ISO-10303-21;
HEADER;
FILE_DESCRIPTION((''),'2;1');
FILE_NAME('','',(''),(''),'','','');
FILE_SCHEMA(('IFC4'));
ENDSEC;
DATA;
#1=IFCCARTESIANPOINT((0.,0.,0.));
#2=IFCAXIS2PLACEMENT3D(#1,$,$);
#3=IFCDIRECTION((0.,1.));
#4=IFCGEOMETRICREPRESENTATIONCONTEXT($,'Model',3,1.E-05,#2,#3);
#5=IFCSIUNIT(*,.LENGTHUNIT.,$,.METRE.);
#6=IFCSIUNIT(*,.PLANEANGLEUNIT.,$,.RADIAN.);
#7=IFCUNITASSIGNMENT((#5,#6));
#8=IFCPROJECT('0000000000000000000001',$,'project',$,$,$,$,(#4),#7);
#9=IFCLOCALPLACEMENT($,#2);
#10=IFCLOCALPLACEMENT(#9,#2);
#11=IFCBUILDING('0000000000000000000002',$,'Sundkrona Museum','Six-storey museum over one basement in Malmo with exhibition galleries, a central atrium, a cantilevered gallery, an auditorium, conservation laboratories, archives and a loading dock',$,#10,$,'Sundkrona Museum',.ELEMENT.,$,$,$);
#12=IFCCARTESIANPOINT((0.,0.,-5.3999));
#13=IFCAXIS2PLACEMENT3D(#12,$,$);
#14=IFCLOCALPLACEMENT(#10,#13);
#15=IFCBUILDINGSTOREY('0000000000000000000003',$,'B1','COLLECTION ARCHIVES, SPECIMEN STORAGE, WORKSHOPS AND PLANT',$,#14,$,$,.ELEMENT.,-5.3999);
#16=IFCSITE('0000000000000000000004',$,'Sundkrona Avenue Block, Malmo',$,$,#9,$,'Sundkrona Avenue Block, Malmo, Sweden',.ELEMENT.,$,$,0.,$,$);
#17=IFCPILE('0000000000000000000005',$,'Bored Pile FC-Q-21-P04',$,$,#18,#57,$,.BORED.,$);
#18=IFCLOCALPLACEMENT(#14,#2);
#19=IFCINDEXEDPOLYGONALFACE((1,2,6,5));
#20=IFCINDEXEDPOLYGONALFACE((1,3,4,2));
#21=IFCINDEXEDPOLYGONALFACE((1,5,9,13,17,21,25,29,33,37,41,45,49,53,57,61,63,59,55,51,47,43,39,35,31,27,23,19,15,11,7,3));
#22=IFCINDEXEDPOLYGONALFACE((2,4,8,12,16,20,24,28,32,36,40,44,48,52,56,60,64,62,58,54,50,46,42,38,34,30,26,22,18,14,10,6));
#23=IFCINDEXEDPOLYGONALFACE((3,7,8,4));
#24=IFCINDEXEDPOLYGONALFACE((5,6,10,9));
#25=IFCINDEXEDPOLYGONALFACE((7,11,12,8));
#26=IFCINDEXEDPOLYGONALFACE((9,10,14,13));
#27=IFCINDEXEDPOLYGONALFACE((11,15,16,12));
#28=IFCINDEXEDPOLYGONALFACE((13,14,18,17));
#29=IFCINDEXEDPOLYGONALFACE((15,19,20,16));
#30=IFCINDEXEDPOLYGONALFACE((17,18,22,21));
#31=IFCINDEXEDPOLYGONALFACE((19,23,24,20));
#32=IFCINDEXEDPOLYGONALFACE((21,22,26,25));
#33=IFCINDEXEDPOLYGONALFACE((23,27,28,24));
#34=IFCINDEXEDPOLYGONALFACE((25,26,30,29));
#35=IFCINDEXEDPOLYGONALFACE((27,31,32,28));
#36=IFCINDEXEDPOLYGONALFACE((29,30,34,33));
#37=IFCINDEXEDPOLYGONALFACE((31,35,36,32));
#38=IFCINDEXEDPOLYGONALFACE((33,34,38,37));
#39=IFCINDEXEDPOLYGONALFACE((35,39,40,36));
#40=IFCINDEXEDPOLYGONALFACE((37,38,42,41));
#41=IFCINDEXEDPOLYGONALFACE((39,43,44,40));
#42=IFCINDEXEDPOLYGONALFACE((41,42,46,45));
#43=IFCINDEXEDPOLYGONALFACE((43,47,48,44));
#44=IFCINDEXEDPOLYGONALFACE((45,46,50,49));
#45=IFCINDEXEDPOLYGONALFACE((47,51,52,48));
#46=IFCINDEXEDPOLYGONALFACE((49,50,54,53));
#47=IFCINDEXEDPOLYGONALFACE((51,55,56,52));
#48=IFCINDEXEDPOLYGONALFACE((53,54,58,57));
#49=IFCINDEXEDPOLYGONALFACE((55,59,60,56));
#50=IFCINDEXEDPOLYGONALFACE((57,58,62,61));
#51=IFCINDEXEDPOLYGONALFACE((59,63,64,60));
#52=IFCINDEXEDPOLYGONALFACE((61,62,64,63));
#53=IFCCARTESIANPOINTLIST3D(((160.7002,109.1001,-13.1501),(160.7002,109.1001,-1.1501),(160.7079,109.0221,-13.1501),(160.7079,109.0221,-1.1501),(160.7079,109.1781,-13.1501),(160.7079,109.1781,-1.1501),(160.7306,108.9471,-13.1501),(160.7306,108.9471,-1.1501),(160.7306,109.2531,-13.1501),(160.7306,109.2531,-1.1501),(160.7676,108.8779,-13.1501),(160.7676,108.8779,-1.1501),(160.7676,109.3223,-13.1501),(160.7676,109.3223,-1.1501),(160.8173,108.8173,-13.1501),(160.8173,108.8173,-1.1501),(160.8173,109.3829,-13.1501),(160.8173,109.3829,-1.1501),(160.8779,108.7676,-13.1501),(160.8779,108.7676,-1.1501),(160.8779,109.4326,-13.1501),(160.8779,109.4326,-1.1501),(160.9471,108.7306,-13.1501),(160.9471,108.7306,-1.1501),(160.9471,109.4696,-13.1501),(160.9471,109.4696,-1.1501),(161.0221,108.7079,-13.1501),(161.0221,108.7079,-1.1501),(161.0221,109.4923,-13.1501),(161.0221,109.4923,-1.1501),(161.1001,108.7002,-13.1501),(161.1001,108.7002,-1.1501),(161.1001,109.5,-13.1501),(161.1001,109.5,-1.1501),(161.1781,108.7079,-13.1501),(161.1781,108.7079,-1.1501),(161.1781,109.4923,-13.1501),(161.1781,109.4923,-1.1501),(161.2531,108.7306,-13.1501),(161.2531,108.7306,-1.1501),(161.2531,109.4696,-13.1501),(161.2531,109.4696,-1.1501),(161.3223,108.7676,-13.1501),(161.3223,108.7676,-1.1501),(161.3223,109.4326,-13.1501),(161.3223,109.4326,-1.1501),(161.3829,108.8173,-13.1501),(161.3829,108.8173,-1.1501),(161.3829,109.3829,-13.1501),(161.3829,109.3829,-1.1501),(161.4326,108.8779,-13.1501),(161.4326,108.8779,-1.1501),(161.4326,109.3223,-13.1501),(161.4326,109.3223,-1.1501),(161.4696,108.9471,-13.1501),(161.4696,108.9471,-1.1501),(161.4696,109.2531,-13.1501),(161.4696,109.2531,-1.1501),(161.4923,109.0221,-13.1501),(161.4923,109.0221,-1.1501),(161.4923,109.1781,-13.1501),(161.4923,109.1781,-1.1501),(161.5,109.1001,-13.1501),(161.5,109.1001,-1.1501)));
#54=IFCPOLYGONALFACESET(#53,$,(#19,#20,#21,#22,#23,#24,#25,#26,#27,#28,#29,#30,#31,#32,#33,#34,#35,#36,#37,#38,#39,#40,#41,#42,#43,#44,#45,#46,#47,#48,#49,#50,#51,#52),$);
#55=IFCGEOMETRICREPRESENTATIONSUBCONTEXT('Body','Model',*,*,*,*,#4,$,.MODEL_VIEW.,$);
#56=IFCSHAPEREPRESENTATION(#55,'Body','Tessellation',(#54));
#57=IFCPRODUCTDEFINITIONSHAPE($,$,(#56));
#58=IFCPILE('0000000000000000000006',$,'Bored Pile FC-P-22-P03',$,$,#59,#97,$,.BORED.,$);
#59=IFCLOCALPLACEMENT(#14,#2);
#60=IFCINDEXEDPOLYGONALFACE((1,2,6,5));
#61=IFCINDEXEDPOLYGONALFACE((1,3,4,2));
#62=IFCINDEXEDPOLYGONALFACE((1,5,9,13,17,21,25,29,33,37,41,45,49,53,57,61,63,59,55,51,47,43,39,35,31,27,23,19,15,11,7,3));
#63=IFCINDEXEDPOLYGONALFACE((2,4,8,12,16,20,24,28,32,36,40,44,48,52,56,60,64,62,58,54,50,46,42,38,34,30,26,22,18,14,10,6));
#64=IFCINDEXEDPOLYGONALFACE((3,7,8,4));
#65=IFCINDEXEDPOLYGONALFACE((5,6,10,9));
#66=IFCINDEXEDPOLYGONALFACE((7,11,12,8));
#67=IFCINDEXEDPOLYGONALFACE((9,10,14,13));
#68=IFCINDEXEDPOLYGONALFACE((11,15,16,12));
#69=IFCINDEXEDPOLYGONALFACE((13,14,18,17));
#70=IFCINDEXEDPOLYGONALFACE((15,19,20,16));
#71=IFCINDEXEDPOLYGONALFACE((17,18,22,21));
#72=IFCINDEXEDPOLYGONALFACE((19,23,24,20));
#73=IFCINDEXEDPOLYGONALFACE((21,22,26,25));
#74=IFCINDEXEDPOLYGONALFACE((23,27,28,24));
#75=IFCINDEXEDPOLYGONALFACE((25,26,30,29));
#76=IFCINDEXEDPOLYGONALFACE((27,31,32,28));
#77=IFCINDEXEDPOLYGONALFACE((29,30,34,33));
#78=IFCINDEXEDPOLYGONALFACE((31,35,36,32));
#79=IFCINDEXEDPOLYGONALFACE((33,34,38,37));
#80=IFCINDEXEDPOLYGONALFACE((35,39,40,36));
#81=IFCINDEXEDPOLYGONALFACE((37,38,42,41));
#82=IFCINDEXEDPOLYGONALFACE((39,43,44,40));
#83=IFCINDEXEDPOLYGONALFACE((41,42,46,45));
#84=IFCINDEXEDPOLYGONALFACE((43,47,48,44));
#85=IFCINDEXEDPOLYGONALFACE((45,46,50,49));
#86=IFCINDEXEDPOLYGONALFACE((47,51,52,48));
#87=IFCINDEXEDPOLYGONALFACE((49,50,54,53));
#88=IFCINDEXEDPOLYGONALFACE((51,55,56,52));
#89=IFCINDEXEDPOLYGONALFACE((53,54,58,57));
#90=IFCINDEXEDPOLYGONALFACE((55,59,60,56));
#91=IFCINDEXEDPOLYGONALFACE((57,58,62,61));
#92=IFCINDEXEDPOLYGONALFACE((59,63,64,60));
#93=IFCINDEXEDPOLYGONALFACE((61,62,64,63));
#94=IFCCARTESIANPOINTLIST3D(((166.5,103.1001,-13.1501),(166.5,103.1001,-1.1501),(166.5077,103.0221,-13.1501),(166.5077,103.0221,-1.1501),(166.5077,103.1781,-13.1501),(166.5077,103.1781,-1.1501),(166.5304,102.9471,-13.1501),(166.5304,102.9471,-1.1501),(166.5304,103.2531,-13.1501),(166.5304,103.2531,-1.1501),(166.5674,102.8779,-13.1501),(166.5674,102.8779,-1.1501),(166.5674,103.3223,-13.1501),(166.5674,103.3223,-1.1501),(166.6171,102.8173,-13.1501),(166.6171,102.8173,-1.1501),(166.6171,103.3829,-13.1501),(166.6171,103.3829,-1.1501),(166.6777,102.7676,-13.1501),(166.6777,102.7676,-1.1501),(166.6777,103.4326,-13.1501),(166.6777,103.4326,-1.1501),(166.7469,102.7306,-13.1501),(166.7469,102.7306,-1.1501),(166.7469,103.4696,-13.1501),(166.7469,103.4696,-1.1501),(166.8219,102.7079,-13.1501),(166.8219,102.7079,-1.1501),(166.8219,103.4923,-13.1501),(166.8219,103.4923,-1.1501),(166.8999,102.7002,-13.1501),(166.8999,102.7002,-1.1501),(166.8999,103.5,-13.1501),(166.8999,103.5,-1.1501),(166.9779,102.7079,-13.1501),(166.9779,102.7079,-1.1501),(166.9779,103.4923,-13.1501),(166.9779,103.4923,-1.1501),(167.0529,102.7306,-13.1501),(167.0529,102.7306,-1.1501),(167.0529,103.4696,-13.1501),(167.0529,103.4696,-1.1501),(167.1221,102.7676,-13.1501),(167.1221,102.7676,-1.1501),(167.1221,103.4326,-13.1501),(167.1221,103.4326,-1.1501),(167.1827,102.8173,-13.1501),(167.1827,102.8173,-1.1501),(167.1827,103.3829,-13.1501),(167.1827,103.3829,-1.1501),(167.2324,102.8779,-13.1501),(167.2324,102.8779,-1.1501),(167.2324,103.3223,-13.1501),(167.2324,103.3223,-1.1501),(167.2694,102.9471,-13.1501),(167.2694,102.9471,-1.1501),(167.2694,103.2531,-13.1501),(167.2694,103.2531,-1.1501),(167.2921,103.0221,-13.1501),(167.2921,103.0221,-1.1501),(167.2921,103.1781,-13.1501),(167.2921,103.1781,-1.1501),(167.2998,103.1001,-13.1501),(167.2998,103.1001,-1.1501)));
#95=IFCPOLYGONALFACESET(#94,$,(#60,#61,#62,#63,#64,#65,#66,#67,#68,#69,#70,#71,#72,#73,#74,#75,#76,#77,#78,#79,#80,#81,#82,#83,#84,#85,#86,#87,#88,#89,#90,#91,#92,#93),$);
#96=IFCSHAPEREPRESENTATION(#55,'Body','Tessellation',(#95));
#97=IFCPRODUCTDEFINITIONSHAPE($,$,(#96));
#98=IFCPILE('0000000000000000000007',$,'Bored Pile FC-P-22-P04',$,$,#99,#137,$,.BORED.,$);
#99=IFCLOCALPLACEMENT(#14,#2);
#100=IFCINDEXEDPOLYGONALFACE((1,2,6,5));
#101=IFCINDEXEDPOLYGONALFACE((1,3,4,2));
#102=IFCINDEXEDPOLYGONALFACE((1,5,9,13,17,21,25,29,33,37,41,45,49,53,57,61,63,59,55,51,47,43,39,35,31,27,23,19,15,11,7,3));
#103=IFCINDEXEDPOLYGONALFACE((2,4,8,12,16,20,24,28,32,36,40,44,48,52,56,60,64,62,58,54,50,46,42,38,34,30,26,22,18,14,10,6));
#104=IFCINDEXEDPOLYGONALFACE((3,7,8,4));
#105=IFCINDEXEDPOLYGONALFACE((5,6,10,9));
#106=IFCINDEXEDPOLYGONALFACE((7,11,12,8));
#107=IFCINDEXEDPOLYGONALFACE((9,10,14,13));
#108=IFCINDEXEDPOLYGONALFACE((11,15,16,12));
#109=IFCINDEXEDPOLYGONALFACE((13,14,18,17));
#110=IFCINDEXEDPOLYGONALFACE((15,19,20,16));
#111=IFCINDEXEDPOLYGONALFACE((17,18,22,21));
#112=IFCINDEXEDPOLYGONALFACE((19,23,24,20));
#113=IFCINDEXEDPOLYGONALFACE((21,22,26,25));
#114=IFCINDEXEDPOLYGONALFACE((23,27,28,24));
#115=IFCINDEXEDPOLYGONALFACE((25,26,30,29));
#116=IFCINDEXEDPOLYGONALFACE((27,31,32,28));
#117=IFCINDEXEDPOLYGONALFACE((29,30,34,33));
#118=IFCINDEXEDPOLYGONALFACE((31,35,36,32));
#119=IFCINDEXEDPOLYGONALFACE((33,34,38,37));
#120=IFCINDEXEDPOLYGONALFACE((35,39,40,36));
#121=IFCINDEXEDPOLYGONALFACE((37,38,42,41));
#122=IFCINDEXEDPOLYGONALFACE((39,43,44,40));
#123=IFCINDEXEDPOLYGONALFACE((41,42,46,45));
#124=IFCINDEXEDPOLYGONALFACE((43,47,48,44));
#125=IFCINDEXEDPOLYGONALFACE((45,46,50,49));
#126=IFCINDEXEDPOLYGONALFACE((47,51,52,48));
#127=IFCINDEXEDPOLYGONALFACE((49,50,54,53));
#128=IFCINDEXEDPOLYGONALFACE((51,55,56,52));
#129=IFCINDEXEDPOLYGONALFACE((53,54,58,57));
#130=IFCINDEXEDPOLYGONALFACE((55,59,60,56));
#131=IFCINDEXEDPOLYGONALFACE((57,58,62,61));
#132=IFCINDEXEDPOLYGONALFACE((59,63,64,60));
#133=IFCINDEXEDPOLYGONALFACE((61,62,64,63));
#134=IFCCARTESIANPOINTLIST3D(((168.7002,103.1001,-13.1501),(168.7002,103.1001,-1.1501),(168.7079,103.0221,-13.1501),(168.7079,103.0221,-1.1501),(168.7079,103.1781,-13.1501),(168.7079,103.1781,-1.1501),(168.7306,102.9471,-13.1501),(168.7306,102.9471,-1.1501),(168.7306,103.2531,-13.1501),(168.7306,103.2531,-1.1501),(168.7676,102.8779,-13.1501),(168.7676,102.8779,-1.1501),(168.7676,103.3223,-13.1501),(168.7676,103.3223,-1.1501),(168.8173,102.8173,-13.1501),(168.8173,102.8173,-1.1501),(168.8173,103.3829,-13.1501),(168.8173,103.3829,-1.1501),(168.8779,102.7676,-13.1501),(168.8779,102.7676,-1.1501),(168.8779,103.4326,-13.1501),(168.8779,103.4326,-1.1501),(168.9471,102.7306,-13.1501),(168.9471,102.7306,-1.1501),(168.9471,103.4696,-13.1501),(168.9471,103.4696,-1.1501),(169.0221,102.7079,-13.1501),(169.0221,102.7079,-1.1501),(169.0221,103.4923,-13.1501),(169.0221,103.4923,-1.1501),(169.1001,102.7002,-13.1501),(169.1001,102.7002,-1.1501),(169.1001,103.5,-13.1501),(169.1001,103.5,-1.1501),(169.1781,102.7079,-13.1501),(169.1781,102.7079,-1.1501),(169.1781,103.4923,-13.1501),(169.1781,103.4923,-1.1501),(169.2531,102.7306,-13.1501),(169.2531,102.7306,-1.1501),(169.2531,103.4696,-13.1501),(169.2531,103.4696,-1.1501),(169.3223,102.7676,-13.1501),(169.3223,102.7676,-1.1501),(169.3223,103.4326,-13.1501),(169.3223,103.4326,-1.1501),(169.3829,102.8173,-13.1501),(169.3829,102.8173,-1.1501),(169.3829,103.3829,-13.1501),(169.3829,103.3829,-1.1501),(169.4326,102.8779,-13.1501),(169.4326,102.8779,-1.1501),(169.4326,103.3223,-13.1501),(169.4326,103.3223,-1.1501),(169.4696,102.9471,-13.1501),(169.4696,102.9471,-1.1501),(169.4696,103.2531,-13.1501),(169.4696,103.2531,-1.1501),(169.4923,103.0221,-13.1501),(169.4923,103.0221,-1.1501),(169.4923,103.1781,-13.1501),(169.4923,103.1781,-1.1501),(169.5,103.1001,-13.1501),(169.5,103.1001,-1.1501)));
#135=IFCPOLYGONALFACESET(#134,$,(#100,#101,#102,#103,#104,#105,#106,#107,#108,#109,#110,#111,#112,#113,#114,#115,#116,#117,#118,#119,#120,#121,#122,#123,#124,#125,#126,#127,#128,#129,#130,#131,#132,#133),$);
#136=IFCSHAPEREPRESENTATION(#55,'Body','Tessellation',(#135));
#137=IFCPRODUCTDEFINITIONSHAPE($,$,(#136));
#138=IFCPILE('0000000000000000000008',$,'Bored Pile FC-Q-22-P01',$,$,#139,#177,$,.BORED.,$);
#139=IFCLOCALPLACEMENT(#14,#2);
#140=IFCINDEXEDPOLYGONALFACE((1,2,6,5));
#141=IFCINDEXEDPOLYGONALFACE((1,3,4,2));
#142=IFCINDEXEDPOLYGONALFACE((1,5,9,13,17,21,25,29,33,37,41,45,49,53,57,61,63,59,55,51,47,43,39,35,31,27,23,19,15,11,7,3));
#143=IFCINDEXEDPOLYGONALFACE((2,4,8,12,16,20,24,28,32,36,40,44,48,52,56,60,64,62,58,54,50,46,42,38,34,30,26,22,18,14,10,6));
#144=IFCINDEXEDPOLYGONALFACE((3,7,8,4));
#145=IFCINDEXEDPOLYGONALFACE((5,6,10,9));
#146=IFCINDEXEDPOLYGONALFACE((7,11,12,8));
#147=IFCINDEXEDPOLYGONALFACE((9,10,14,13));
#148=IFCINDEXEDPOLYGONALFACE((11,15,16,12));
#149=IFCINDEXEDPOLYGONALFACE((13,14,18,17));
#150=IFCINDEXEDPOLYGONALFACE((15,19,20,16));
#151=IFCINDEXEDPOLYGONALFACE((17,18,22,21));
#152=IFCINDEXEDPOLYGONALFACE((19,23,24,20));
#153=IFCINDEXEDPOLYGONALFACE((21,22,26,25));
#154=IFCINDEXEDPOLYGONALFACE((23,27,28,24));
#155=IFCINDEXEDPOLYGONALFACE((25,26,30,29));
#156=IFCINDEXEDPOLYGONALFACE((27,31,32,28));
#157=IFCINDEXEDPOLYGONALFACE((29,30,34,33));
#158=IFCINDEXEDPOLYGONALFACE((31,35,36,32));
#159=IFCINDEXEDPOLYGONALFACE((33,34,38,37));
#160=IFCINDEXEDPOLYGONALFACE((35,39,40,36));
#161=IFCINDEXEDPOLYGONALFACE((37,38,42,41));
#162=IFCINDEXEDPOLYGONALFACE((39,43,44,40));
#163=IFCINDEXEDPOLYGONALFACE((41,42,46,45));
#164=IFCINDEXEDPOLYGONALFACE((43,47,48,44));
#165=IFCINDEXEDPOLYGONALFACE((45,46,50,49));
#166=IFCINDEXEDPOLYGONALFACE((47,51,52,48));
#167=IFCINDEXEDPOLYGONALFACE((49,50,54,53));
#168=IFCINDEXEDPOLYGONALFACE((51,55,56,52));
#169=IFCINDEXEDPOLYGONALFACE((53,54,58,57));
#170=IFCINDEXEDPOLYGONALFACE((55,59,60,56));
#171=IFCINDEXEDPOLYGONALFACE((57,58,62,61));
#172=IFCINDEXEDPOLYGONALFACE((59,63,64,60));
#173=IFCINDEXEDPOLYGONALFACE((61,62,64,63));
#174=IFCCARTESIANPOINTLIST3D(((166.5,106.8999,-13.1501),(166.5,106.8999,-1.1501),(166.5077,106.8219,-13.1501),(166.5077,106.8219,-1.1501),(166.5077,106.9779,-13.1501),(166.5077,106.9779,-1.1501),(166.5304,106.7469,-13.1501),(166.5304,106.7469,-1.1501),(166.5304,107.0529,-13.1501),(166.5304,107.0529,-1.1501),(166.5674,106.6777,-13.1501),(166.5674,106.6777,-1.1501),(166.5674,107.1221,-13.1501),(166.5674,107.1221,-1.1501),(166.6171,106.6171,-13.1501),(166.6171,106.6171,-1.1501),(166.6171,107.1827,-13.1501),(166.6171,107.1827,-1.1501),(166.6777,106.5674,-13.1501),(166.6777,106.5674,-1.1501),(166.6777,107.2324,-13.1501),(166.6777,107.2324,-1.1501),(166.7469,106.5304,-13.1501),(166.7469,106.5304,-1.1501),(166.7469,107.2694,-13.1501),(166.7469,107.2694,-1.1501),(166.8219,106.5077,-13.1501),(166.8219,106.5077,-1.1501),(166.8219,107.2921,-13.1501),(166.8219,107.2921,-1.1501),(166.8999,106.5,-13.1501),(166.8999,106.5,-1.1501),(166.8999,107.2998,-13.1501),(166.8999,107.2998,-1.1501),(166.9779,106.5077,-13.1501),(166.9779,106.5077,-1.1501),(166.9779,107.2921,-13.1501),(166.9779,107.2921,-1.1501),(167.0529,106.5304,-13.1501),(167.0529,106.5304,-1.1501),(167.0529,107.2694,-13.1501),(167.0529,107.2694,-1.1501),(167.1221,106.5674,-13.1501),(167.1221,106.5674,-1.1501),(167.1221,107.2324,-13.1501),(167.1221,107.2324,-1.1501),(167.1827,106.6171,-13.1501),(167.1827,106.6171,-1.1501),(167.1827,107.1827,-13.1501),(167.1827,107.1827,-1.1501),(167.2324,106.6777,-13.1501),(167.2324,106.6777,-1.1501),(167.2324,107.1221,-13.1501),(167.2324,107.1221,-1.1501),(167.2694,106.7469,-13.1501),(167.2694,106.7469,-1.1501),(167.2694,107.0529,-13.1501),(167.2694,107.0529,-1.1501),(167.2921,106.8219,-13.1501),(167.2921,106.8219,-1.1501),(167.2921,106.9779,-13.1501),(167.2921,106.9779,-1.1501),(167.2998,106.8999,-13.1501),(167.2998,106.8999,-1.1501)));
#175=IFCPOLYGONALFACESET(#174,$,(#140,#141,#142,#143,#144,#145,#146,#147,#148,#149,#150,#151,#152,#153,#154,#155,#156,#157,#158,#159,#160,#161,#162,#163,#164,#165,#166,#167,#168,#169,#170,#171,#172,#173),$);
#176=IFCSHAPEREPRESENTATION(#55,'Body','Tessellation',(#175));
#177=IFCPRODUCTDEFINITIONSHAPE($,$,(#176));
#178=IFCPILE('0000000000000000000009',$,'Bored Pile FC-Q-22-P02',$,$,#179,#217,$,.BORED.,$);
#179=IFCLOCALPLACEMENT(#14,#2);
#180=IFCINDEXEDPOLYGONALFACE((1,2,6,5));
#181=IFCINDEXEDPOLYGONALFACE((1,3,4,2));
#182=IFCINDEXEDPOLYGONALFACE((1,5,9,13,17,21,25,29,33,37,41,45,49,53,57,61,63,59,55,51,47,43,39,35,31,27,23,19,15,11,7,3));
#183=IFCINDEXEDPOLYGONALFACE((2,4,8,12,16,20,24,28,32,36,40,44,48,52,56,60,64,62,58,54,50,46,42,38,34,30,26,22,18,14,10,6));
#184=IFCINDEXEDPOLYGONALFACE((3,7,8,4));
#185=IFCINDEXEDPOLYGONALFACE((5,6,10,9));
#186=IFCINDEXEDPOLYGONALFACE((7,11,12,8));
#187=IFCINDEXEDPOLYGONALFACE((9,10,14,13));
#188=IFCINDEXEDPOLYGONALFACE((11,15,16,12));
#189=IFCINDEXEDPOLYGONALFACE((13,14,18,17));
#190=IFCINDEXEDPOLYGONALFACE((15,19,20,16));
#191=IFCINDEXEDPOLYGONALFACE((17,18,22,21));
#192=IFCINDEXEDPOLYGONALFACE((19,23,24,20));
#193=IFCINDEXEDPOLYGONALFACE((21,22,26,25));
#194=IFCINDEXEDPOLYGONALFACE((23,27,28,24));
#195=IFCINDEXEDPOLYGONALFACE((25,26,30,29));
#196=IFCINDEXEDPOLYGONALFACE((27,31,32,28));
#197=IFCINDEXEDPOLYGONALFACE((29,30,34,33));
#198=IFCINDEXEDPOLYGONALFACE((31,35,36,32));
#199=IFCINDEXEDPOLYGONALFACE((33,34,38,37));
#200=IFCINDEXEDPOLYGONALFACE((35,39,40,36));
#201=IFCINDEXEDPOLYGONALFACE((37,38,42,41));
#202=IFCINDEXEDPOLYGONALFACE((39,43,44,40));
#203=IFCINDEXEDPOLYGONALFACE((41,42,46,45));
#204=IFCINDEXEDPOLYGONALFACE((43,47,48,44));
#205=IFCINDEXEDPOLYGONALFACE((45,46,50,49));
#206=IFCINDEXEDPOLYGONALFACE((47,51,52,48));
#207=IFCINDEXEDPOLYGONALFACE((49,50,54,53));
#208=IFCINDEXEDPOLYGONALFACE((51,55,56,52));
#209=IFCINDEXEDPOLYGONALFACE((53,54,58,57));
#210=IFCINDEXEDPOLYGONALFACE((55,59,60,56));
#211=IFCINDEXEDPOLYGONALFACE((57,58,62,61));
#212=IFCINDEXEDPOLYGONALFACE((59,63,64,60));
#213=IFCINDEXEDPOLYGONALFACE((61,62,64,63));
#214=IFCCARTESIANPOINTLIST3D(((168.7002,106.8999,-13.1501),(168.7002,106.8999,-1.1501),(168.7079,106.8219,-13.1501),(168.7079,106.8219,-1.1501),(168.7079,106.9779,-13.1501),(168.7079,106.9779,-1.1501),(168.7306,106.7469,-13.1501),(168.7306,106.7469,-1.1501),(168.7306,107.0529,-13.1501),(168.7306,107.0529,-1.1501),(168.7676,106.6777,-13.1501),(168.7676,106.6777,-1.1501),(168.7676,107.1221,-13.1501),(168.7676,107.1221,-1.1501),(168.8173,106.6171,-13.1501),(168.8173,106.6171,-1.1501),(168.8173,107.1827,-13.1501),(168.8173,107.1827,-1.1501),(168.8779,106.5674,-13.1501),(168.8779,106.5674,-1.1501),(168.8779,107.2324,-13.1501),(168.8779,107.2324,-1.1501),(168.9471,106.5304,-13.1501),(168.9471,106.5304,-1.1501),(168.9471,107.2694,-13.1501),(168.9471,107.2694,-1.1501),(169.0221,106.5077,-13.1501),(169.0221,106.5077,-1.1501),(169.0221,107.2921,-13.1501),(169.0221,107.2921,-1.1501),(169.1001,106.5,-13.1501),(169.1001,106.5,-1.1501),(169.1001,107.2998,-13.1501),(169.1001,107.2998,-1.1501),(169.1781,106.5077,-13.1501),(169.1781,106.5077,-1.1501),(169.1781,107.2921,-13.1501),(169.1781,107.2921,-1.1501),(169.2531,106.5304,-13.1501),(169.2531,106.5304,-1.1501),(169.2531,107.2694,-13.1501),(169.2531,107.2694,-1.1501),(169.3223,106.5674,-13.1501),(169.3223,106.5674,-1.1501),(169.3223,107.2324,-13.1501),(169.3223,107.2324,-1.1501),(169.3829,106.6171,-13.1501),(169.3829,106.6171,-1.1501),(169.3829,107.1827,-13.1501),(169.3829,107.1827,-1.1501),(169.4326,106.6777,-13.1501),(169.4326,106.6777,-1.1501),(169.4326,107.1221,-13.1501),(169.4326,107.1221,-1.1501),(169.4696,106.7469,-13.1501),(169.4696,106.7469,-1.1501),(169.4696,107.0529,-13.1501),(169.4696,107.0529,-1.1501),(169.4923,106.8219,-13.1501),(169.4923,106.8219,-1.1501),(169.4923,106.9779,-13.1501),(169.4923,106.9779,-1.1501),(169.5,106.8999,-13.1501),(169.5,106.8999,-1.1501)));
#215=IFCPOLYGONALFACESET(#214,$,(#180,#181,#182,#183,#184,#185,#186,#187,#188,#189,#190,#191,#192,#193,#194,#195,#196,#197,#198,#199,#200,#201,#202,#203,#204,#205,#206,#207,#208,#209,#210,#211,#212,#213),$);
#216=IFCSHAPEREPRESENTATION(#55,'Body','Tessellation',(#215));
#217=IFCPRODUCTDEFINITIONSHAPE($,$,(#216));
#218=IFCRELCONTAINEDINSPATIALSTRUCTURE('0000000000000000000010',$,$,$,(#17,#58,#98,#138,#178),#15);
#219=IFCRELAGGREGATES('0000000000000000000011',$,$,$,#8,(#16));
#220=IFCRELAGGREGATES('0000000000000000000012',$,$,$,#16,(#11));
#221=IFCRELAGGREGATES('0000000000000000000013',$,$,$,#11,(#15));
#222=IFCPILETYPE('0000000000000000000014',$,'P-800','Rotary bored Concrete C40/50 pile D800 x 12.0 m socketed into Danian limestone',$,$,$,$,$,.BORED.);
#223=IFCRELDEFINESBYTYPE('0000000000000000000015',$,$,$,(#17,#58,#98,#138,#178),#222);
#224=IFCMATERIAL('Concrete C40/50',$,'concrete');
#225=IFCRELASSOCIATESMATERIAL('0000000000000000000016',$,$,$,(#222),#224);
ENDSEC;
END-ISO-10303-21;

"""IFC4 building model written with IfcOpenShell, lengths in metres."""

from ifc_helpers import new_model, si_unit, direction, frame, origin, origin_2d, place, context, subcontext, project, spatial, circle, extrude, material, material_profile, profile_set, type_object, element, save


model = new_model("IFC4")

# Units and contexts
model_context = context("Model", 3, precision=1e-05, world=origin(), true_north=direction((0.0, 1.0)))
body_context = subcontext(model_context, "Body", "Model", "MODEL_VIEW")
ifc_project = project(units=[si_unit("LENGTHUNIT", "METRE"), si_unit("PLANEANGLEUNIT", "RADIAN")], contexts=[model_context])

# Site, building, storey
site_placement = place(None, origin())
site = spatial("IfcSite", under=ifc_project, at=site_placement, Name="Sundkrona Avenue Block, Malmo", LongName="Sundkrona Avenue Block, Malmo, Sweden", CompositionType="ELEMENT", RefElevation=0.0)
building_placement = place(site_placement, origin())
building = spatial("IfcBuilding", under=site, at=building_placement, Name="Sundkrona Museum", Description="Six-storey museum over one basement in Malmo with exhibition galleries, a central atrium, a cantilevered gallery, an auditorium, conservation laboratories, archives and a loading dock", LongName="Sundkrona Museum", CompositionType="ELEMENT")
storey_placement = place(building_placement, frame((0.0, 0.0, -5.3999)))
storey = spatial("IfcBuildingStorey", under=building, at=storey_placement, Name="B1", Description="COLLECTION ARCHIVES, SPECIMEN STORAGE, WORKSHOPS AND PLANT", CompositionType="ELEMENT", Elevation=-5.3999)

# Shared definitions
ifc_material_1 = material(Name="Concrete C40/50", Category="concrete")

# Piles
ifc_material_profile_1 = material_profile(ifc_material_1, circle(Radius=0.3999, at=origin_2d()), Name="PILE D800")
ifc_profile_set_1 = profile_set([ifc_material_profile_1], Name="Concrete C40/50")
pile_type = type_object("IfcPileType", Name="P-800", Description="Rotary bored Concrete C40/50 pile D800 x 12.0 m socketed into Danian limestone", PredefinedType="BORED", material=ifc_profile_set_1)
for number, where, z_axis, x_axis, name in (
    (1, (161.1001, 109.1001, -1.1501), (0.0, 0.0, -1.0), (1.0, 0.0, 0.0), "Bored Pile FC-Q-21-P04"),
    (2, (166.8999, 103.1001, -1.1501), (0.0, 0.0, -1.0), (1.0, 0.0, 0.0), "Bored Pile FC-P-22-P03"),
    (3, (169.1001, 103.1001, -1.1501), (0.0, 0.0, -1.0), (1.0, 0.0, 0.0), "Bored Pile FC-P-22-P04"),
    (4, (166.8999, 106.8999, -1.1501), (0.0, 0.0, -1.0), (1.0, 0.0, 0.0), "Bored Pile FC-Q-22-P01"),
    (5, (169.1001, 106.8999, -1.1501), (0.0, 0.0, -1.0), (1.0, 0.0, 0.0), "Bored Pile FC-Q-22-P02"),
):
    element("IfcPile", number, at=place(storey_placement, frame(where, z_axis=z_axis, x_axis=x_axis)), inside=storey, type_object=pile_type, Name=name, PredefinedType="BORED", context=body_context, shape_type="SweptSolid", body=[
        extrude(circle(Radius=0.3999, at=origin_2d()), origin(), (0.0, 0.0, 1.0), 12.0),
    ])

save(model, "model.ifc")
